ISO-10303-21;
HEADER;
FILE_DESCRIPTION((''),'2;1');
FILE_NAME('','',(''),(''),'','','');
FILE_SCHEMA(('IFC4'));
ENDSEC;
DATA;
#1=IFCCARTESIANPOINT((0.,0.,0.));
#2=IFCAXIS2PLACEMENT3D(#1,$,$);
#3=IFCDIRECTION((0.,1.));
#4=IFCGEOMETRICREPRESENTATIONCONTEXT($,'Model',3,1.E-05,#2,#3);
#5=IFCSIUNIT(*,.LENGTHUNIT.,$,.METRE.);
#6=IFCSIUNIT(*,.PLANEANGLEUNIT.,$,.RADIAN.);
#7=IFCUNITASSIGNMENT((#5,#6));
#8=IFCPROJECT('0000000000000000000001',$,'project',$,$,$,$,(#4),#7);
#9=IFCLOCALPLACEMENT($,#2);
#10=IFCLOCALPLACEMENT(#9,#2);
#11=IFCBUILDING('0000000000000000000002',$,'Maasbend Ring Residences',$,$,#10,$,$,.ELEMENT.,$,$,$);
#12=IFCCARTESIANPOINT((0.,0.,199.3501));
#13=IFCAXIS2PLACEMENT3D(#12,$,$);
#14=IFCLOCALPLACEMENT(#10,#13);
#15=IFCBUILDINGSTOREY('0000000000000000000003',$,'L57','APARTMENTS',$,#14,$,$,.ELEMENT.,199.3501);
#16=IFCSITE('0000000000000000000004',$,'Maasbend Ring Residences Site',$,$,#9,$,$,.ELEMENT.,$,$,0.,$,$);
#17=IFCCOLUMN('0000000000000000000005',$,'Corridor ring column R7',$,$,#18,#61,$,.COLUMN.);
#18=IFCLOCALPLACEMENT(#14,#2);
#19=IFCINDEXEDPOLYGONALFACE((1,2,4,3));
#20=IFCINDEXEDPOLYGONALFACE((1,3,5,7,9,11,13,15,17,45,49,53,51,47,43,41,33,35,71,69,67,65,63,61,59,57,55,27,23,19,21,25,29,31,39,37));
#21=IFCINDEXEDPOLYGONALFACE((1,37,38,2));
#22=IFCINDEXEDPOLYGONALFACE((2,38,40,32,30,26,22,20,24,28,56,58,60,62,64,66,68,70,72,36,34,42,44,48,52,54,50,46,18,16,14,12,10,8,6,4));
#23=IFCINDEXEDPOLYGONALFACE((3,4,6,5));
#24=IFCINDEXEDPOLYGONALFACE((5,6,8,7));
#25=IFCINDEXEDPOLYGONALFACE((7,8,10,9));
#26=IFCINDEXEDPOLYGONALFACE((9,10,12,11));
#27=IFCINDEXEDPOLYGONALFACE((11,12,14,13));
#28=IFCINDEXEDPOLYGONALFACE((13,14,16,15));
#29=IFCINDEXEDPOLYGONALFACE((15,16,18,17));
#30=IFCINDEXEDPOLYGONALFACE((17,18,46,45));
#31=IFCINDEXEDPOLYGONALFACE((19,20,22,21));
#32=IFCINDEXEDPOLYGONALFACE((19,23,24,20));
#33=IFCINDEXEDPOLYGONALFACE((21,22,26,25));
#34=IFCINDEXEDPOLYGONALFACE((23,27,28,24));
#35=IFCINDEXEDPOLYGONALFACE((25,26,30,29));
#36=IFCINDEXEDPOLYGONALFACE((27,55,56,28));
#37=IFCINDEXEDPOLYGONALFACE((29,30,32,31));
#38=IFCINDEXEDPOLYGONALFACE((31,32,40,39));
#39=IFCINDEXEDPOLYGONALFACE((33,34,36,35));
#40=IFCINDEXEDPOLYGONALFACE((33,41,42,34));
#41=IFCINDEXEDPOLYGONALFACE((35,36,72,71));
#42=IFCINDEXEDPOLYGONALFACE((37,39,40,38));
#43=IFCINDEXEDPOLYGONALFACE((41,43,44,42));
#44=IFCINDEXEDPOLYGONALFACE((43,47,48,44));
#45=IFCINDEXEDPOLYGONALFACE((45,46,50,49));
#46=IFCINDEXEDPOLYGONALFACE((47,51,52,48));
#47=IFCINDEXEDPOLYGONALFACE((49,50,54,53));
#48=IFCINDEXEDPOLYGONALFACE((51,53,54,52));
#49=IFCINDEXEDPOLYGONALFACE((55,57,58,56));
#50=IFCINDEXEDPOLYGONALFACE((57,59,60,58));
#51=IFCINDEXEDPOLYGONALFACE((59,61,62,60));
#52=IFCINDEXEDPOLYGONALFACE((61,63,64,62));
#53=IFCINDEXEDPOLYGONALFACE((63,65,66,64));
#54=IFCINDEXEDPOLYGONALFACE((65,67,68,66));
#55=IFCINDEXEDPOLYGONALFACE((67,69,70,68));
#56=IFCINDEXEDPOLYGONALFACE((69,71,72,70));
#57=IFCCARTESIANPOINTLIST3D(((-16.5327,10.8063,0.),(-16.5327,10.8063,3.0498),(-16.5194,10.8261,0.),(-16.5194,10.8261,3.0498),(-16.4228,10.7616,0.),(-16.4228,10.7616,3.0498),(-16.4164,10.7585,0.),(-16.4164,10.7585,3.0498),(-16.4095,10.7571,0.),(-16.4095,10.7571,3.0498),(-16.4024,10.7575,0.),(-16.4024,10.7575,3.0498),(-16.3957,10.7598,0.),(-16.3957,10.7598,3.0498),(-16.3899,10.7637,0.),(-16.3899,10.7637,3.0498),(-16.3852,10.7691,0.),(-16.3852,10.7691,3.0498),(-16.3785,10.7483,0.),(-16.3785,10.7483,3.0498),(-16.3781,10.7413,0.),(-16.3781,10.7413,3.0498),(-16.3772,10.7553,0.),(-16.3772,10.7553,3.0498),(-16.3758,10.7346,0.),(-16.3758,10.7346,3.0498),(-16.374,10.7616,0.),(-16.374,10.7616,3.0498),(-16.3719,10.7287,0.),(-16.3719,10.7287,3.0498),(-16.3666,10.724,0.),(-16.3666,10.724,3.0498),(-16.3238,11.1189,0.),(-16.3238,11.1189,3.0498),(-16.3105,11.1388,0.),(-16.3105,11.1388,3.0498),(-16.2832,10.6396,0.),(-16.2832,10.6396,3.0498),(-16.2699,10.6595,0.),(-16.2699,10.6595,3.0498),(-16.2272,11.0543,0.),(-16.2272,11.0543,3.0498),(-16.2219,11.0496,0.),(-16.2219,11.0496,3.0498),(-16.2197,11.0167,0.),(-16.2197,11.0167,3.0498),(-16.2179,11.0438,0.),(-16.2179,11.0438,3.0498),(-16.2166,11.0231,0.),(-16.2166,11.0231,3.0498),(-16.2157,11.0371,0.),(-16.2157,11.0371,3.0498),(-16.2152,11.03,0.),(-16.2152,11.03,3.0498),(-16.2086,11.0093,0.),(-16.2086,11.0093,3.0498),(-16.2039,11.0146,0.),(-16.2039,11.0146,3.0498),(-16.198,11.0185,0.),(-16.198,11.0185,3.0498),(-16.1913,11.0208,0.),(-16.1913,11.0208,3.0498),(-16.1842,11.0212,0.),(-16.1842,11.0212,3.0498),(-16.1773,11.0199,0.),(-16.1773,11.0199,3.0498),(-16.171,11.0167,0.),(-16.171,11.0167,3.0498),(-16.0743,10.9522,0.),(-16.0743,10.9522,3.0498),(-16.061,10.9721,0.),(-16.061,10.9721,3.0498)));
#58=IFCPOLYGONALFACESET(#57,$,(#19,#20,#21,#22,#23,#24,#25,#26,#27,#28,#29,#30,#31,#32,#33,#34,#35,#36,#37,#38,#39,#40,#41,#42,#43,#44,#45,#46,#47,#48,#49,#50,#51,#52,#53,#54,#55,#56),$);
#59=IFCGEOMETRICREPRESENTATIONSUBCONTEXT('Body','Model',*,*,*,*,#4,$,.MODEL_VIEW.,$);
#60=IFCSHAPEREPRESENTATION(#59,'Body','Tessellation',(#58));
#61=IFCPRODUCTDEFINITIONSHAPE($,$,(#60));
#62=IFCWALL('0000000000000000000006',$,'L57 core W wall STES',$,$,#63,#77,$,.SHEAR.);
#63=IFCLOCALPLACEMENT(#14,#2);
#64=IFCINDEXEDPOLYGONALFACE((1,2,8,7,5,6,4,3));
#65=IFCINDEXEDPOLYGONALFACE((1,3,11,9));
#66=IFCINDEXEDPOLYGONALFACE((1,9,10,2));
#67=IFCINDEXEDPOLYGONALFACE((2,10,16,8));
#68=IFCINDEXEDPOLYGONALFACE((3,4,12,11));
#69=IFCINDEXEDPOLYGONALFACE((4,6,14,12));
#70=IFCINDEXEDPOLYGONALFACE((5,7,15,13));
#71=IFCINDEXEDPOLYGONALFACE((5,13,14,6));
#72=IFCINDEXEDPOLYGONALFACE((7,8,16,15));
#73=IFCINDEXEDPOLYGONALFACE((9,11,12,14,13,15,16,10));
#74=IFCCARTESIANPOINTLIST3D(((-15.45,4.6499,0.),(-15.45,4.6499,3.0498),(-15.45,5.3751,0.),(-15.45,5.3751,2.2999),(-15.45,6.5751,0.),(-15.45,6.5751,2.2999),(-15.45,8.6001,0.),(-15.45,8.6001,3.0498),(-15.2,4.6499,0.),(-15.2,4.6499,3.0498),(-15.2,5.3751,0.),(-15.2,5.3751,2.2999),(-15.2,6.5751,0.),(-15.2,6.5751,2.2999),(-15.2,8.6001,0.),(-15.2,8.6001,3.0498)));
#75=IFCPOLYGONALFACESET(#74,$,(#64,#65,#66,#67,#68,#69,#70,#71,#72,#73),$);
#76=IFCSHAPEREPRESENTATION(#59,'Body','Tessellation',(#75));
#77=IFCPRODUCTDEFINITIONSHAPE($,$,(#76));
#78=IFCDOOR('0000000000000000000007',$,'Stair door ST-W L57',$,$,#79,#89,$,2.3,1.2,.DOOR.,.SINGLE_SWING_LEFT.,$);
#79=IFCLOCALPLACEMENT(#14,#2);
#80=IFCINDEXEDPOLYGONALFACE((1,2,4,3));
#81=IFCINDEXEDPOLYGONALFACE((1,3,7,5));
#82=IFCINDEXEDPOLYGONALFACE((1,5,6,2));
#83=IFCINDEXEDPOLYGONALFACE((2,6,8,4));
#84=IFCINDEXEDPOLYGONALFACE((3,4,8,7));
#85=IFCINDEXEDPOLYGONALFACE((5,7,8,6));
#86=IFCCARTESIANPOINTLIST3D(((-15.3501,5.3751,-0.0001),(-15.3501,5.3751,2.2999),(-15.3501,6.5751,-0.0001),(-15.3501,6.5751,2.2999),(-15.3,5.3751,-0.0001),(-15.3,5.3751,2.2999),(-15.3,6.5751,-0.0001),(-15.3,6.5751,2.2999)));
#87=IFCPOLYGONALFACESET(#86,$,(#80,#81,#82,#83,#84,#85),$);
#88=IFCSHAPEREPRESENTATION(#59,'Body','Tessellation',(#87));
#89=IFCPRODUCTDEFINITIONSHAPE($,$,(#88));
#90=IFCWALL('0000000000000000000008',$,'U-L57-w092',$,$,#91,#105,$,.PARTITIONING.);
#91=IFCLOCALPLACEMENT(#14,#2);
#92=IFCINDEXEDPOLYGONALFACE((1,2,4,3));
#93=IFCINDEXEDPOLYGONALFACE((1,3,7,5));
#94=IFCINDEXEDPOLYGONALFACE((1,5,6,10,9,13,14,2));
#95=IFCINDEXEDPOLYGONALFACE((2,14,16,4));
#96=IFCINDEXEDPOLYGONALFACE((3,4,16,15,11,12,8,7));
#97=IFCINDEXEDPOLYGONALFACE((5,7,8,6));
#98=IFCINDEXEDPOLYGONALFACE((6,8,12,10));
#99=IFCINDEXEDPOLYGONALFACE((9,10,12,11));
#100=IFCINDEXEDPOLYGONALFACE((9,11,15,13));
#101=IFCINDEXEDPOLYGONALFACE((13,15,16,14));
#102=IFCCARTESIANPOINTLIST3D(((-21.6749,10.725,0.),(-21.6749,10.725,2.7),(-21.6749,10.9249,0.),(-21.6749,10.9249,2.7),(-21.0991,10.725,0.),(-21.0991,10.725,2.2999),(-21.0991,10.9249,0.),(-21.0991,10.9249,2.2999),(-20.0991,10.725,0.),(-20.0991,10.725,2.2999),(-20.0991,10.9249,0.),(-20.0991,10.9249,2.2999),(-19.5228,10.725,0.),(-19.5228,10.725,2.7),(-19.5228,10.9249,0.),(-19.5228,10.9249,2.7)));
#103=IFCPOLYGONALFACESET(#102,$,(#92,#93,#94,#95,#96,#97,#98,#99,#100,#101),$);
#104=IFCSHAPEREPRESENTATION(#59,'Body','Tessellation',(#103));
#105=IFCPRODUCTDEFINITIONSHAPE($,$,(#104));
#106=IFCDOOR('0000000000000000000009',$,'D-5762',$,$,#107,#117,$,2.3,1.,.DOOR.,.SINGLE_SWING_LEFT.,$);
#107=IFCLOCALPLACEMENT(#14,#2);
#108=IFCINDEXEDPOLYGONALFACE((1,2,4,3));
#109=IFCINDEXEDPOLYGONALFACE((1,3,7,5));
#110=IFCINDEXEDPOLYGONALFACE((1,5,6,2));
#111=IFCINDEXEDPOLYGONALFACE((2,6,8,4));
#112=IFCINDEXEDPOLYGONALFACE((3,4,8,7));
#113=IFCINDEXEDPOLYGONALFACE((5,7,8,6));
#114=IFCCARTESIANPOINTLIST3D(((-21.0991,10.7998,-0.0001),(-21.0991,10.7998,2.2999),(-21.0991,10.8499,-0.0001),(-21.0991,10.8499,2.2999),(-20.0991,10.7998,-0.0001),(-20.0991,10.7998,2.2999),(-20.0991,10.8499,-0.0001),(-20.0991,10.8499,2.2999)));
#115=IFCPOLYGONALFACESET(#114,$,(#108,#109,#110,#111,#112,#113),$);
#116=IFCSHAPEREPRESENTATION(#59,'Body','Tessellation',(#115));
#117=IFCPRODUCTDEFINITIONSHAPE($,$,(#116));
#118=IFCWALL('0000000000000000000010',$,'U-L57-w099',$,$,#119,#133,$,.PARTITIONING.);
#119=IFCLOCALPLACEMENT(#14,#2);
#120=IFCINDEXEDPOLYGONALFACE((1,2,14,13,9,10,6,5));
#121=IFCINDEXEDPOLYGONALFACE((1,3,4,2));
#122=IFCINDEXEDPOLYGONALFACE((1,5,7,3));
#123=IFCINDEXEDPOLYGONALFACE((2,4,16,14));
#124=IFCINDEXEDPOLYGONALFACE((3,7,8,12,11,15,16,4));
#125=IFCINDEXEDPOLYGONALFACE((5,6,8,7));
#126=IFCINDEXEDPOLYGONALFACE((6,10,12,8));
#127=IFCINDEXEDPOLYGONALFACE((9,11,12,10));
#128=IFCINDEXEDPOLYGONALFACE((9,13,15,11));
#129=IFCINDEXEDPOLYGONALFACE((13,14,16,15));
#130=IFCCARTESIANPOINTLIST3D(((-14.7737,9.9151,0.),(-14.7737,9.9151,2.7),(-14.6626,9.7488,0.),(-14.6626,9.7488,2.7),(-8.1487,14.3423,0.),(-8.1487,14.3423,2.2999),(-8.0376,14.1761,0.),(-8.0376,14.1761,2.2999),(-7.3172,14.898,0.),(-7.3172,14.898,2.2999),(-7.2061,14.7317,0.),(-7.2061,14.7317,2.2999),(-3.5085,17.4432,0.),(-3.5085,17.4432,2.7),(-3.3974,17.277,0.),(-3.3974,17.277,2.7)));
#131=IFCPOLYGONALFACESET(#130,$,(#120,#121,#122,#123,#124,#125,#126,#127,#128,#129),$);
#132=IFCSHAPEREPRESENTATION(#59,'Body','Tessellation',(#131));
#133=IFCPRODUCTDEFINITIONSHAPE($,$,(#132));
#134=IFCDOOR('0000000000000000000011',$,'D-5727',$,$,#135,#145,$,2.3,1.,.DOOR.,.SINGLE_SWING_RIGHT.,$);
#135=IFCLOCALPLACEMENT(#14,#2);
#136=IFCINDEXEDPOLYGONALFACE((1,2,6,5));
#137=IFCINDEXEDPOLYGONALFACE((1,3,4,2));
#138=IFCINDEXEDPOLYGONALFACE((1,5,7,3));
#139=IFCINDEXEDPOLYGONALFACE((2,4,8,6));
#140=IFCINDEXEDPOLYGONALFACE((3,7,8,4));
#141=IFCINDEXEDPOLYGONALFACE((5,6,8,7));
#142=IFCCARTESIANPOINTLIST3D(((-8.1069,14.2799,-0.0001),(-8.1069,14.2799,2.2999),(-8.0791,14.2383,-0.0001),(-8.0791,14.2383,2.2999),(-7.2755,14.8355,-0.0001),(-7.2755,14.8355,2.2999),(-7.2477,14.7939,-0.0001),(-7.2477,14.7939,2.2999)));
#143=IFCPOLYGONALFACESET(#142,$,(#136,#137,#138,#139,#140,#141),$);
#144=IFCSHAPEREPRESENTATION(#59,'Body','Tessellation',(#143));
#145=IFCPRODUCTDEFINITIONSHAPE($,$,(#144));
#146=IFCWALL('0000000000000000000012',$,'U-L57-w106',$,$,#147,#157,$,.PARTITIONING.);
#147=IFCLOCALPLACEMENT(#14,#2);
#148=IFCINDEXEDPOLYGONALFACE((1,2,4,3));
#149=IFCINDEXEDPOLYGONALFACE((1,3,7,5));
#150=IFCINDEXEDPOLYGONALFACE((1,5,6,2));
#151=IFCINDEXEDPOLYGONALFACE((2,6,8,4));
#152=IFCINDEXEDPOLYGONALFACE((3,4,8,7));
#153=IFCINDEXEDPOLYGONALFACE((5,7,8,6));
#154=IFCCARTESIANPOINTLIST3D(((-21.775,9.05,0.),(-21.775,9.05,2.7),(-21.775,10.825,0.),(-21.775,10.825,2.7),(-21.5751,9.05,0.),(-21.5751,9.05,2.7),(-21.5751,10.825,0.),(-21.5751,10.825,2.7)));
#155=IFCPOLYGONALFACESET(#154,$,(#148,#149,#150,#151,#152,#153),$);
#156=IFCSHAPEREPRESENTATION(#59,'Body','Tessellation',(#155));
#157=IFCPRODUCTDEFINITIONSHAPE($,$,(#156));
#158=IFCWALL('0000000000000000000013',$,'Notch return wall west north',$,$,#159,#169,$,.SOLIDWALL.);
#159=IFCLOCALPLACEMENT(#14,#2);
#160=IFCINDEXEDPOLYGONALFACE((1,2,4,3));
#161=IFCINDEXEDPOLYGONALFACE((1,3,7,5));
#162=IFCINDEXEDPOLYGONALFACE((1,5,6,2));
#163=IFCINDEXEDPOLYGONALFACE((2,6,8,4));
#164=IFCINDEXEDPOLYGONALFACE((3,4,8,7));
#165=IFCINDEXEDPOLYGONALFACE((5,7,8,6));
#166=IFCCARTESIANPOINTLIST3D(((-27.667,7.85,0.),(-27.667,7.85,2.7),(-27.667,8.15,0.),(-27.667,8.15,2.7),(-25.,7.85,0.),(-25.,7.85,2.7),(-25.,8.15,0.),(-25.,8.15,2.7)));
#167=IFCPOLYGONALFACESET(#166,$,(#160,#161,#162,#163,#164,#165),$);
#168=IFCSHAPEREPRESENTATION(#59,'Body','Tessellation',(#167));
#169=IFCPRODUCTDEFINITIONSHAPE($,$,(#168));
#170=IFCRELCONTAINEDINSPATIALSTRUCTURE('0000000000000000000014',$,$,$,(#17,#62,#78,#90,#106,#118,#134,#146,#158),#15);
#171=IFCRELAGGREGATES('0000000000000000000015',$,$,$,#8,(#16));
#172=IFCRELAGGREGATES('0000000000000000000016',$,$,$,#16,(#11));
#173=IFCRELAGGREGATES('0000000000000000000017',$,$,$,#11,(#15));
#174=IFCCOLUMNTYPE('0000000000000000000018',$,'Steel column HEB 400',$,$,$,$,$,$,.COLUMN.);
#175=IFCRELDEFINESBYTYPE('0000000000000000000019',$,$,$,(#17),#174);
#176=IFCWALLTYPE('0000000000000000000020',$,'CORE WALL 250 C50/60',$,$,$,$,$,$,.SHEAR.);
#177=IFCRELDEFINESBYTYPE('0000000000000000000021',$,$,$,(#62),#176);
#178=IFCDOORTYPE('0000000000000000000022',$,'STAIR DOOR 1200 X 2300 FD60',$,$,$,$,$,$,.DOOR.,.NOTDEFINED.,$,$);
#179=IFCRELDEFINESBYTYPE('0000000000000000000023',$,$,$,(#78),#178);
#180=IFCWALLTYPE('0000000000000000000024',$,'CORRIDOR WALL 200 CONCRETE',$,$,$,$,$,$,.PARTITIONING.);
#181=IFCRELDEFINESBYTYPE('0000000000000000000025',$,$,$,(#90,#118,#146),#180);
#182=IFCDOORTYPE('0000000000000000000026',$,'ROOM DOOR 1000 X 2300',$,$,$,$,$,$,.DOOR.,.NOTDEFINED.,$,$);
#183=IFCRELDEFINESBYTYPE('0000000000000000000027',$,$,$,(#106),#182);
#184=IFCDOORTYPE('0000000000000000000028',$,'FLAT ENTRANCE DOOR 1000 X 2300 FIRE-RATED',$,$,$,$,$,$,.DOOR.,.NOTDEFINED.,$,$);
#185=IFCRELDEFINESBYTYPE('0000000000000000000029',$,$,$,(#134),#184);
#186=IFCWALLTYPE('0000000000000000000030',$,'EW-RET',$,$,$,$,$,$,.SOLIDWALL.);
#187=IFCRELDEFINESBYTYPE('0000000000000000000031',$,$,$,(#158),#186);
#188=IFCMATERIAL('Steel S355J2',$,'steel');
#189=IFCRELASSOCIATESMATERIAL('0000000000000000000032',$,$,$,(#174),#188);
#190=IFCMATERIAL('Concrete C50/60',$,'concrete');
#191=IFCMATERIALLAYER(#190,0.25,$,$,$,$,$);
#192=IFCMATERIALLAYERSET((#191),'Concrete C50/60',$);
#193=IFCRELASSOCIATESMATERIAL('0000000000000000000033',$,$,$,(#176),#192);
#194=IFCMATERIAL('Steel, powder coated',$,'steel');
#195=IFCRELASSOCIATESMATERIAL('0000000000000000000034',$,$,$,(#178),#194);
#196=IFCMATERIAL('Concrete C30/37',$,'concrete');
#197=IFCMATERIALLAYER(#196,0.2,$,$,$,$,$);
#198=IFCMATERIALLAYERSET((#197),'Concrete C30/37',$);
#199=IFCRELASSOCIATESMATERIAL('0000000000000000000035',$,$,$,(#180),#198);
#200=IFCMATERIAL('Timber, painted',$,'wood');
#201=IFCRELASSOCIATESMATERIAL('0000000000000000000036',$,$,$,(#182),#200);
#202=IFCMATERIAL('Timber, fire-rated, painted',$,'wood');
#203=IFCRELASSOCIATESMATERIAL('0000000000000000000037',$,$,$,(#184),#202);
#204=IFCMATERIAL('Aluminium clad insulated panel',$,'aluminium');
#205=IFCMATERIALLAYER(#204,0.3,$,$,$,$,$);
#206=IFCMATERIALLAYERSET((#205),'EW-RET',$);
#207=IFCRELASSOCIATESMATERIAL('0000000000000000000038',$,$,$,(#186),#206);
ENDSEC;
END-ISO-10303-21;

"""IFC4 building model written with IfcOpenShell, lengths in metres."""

from ifc_helpers import new_model, si_unit, direction, frame, frame_2d, origin, origin_2d, place, context, subcontext, project, spatial, rectangle, i_section, extrude, material, layer, layer_set, material_profile, profile_set, type_object, element, fill, save


model = new_model("IFC4")

# Units and contexts
model_context = context("Model", 3, precision=1e-05, world=origin(), true_north=direction((0.0, 1.0)))
body_context = subcontext(model_context, "Body", "Model", "MODEL_VIEW")
ifc_project = project(units=[si_unit("LENGTHUNIT", "METRE"), si_unit("PLANEANGLEUNIT", "RADIAN")], contexts=[model_context])

# Site, building, storey
site_placement = place(None, origin())
site = spatial("IfcSite", under=ifc_project, at=site_placement, Name="Maasbend Ring Residences Site", CompositionType="ELEMENT", RefElevation=0.0)
building_placement = place(site_placement, origin())
building = spatial("IfcBuilding", under=site, at=building_placement, Name="Maasbend Ring Residences", CompositionType="ELEMENT")
storey_placement = place(building_placement, frame((0.0, 0.0, 199.3501)))
storey = spatial("IfcBuildingStorey", under=building, at=storey_placement, Name="L57", Description="APARTMENTS", CompositionType="ELEMENT", Elevation=199.3501)

# Column
ifc_material_1 = material(Name="Steel S355J2", Category="steel")
ifc_material_profile = material_profile(ifc_material_1, i_section(OverallWidth=0.3, OverallDepth=0.3999, WebThickness=0.0134, FlangeThickness=0.0239, FilletRadius=0.0271, at=origin_2d()), Name="HEB 400")
ifc_profile_set = profile_set([ifc_material_profile], Name="Steel S355J2")
column_type = type_object("IfcColumnType", Name="Steel column HEB 400", PredefinedType="COLUMN", material=ifc_profile_set)
column_placement = place(storey_placement, frame((-16.2969, 10.8892, 0.0), z_axis=(0.0, 0.0, 1.0), x_axis=(-0.83147, 0.55557, 0.0)))
element("IfcColumn", 1, at=column_placement, inside=storey, type_object=column_type, Name="Corridor ring column R7", PredefinedType="COLUMN", context=body_context, shape_type="SweptSolid", body=[
    extrude(i_section(OverallWidth=0.3, OverallDepth=0.3999, WebThickness=0.0134, FlangeThickness=0.0239, FilletRadius=0.0271, at=origin_2d()), origin(), (0.0, 0.0, 1.0), 3.0498),
])

# Walls, openings, doors
ifc_material_2 = material(Name="Concrete C50/60", Category="concrete")
ifc_layer_1 = layer(ifc_material_2, 0.25)
ifc_layer_set_1 = layer_set([ifc_layer_1], Name="Concrete C50/60")
wall_type_1 = type_object("IfcWallType", Name="CORE WALL 250 C50/60", PredefinedType="SHEAR", material=ifc_layer_set_1)
wall_1_placement = place(storey_placement, frame((-15.325, 8.6001, 0.0), z_axis=(0.0, 0.0, 1.0), x_axis=(0.0, -1.0, 0.0)))
wall_1 = element("IfcWall", 2, at=wall_1_placement, inside=storey, type_object=wall_type_1, Name="L57 core W wall STES", PredefinedType="SHEAR", context=body_context, shape_type="SweptSolid", body=[
    extrude(rectangle(XDim=3.9502, YDim=0.25, at=frame_2d((1.9751, 0.0))), origin(), (0.0, 0.0, 1.0), 3.0498),
])
opening_1_placement = place(wall_1_placement, frame((2.0249, 0.0, 0.0)))
opening_1 = element("IfcOpeningElement", 3, at=opening_1_placement, cuts=wall_1, PredefinedType="OPENING", context=body_context, shape_type="SweptSolid", body=[
    extrude(rectangle(XDim=1.2, YDim=2.3, at=frame_2d((0.6001, 1.1499))), frame((0.0, 0.135, 0.0), z_axis=(0.0, -1.0, 0.0), x_axis=(1.0, 0.0, 0.0)), (0.0, 0.0, 1.0), 0.27),
])
ifc_material_3 = material(Name="Steel, powder coated", Category="steel")
door_type_1 = type_object("IfcDoorType", Name="STAIR DOOR 1200 X 2300 FD60", OperationType="NOTDEFINED", PredefinedType="DOOR", material=ifc_material_3)
door_1_placement = place(opening_1_placement, origin())
door_1 = element("IfcDoor", 4, at=door_1_placement, inside=storey, type_object=door_type_1, Name="Stair door ST-W L57", OperationType="SINGLE_SWING_LEFT", OverallHeight=2.3, OverallWidth=1.2, PredefinedType="DOOR", context=body_context, shape_type="SweptSolid", body=[
    extrude(rectangle(XDim=1.2, YDim=2.3, at=frame_2d((0.6001, 1.1499))), frame((0.0, 0.0249, 0.0), z_axis=(0.0, -1.0, 0.0), x_axis=(1.0, 0.0, 0.0)), (0.0, 0.0, 1.0), 0.05),
])
fill(opening_1, door_1)
ifc_material_4 = material(Name="Concrete C30/37", Category="concrete")
ifc_layer_2 = layer(ifc_material_4, 0.2)
ifc_layer_set_2 = layer_set([ifc_layer_2], Name="Concrete C30/37")
wall_type_2 = type_object("IfcWallType", Name="CORRIDOR WALL 200 CONCRETE", PredefinedType="PARTITIONING", material=ifc_layer_set_2)
wall_2_placement = place(storey_placement, frame((-21.675, 10.825, 0.0), z_axis=(0.0, 0.0, 1.0), x_axis=(1.0, 0.0, 0.0)))
wall_2 = element("IfcWall", 5, at=wall_2_placement, inside=storey, type_object=wall_type_2, Name="U-L57-w092", PredefinedType="PARTITIONING", context=body_context, shape_type="SweptSolid", body=[
    extrude(rectangle(XDim=2.1521, YDim=0.2, at=frame_2d((1.0762, 0.0))), origin(), (0.0, 0.0, 1.0), 2.7),
])
opening_2_placement = place(wall_2_placement, frame((0.5759, 0.0, 0.0)))
opening_2 = element("IfcOpeningElement", 6, at=opening_2_placement, cuts=wall_2, PredefinedType="OPENING", context=body_context, shape_type="SweptSolid", body=[
    extrude(rectangle(XDim=1.0, YDim=2.3, at=frame_2d((0.5, 1.1499))), frame((0.0, 0.1099, 0.0), z_axis=(0.0, -1.0, 0.0), x_axis=(1.0, 0.0, 0.0)), (0.0, 0.0, 1.0), 0.22),
])
ifc_material_5 = material(Name="Timber, painted", Category="wood")
door_type_2 = type_object("IfcDoorType", Name="ROOM DOOR 1000 X 2300", OperationType="NOTDEFINED", PredefinedType="DOOR", material=ifc_material_5)
door_2_placement = place(opening_2_placement, origin())
door_2 = element("IfcDoor", 7, at=door_2_placement, inside=storey, type_object=door_type_2, Name="D-5762", OperationType="SINGLE_SWING_LEFT", OverallHeight=2.3, OverallWidth=1.0, PredefinedType="DOOR", context=body_context, shape_type="SweptSolid", body=[
    extrude(rectangle(XDim=1.0, YDim=2.3, at=frame_2d((0.5, 1.1499))), frame((0.0, 0.0249, 0.0), z_axis=(0.0, -1.0, 0.0), x_axis=(1.0, 0.0, 0.0)), (0.0, 0.0, 1.0), 0.05),
])
fill(opening_2, door_2)
wall_3_placement = place(storey_placement, frame((-14.718, 9.832, 0.0), z_axis=(0.0, 0.0, 1.0), x_axis=(0.831437, 0.555619, 0.0)))
wall_3 = element("IfcWall", 8, at=wall_3_placement, inside=storey, type_object=wall_type_2, Name="U-L57-w099", PredefinedType="PARTITIONING", context=body_context, shape_type="SweptSolid", body=[
    extrude(rectangle(XDim=13.5491, YDim=0.2, at=frame_2d((6.7744, 0.0))), origin(), (0.0, 0.0, 1.0), 2.7),
])
opening_3_placement = place(wall_3_placement, frame((7.968, 0.0, 0.0)))
opening_3 = element("IfcOpeningElement", 9, at=opening_3_placement, cuts=wall_3, PredefinedType="OPENING", context=body_context, shape_type="SweptSolid", body=[
    extrude(rectangle(XDim=1.0, YDim=2.3, at=frame_2d((0.5, 1.1499))), frame((0.0, 0.1099, 0.0), z_axis=(0.0, -1.0, 0.0), x_axis=(1.0, 0.0, 0.0)), (0.0, 0.0, 1.0), 0.22),
])
ifc_material_6 = material(Name="Timber, fire-rated, painted", Category="wood")
door_type_3 = type_object("IfcDoorType", Name="FLAT ENTRANCE DOOR 1000 X 2300 FIRE-RATED", OperationType="NOTDEFINED", PredefinedType="DOOR", material=ifc_material_6)
door_3_placement = place(opening_3_placement, origin())
door_3 = element("IfcDoor", 10, at=door_3_placement, inside=storey, type_object=door_type_3, Name="D-5727", OperationType="SINGLE_SWING_RIGHT", OverallHeight=2.3, OverallWidth=1.0, PredefinedType="DOOR", context=body_context, shape_type="SweptSolid", body=[
    extrude(rectangle(XDim=1.0, YDim=2.3, at=frame_2d((0.5, 1.1499))), frame((0.0, 0.0249, 0.0), z_axis=(0.0, -1.0, 0.0), x_axis=(1.0, 0.0, 0.0)), (0.0, 0.0, 1.0), 0.05),
])
fill(opening_3, door_3)

# Walls
wall_4_placement = place(storey_placement, frame((-21.675, 9.05, 0.0), z_axis=(0.0, 0.0, 1.0), x_axis=(0.0, 1.0, 0.0)))
element("IfcWall", 11, at=wall_4_placement, inside=storey, type_object=wall_type_2, Name="U-L57-w106", PredefinedType="PARTITIONING", context=body_context, shape_type="SweptSolid", body=[
    extrude(rectangle(XDim=1.7749, YDim=0.2, at=frame_2d((0.8875, 0.0))), origin(), (0.0, 0.0, 1.0), 2.7),
])
ifc_material_7 = material(Name="Aluminium clad insulated panel", Category="aluminium")
ifc_layer_3 = layer(ifc_material_7, 0.3)
ifc_layer_set_3 = layer_set([ifc_layer_3], Name="EW-RET")
wall_type_3 = type_object("IfcWallType", Name="EW-RET", PredefinedType="SOLIDWALL", material=ifc_layer_set_3)
wall_5_placement = place(storey_placement, frame((-25.0, 8.0, 0.0), z_axis=(0.0, 0.0, 1.0), x_axis=(-1.0, 0.0, 0.0)))
element("IfcWall", 12, at=wall_5_placement, inside=storey, type_object=wall_type_3, Name="Notch return wall west north", PredefinedType="SOLIDWALL", context=body_context, shape_type="SweptSolid", body=[
    extrude(rectangle(XDim=2.667, YDim=0.3, at=frame_2d((1.3335, 0.0))), origin(), (0.0, 0.0, 1.0), 2.7),
])

save(model, "model.ifc")
